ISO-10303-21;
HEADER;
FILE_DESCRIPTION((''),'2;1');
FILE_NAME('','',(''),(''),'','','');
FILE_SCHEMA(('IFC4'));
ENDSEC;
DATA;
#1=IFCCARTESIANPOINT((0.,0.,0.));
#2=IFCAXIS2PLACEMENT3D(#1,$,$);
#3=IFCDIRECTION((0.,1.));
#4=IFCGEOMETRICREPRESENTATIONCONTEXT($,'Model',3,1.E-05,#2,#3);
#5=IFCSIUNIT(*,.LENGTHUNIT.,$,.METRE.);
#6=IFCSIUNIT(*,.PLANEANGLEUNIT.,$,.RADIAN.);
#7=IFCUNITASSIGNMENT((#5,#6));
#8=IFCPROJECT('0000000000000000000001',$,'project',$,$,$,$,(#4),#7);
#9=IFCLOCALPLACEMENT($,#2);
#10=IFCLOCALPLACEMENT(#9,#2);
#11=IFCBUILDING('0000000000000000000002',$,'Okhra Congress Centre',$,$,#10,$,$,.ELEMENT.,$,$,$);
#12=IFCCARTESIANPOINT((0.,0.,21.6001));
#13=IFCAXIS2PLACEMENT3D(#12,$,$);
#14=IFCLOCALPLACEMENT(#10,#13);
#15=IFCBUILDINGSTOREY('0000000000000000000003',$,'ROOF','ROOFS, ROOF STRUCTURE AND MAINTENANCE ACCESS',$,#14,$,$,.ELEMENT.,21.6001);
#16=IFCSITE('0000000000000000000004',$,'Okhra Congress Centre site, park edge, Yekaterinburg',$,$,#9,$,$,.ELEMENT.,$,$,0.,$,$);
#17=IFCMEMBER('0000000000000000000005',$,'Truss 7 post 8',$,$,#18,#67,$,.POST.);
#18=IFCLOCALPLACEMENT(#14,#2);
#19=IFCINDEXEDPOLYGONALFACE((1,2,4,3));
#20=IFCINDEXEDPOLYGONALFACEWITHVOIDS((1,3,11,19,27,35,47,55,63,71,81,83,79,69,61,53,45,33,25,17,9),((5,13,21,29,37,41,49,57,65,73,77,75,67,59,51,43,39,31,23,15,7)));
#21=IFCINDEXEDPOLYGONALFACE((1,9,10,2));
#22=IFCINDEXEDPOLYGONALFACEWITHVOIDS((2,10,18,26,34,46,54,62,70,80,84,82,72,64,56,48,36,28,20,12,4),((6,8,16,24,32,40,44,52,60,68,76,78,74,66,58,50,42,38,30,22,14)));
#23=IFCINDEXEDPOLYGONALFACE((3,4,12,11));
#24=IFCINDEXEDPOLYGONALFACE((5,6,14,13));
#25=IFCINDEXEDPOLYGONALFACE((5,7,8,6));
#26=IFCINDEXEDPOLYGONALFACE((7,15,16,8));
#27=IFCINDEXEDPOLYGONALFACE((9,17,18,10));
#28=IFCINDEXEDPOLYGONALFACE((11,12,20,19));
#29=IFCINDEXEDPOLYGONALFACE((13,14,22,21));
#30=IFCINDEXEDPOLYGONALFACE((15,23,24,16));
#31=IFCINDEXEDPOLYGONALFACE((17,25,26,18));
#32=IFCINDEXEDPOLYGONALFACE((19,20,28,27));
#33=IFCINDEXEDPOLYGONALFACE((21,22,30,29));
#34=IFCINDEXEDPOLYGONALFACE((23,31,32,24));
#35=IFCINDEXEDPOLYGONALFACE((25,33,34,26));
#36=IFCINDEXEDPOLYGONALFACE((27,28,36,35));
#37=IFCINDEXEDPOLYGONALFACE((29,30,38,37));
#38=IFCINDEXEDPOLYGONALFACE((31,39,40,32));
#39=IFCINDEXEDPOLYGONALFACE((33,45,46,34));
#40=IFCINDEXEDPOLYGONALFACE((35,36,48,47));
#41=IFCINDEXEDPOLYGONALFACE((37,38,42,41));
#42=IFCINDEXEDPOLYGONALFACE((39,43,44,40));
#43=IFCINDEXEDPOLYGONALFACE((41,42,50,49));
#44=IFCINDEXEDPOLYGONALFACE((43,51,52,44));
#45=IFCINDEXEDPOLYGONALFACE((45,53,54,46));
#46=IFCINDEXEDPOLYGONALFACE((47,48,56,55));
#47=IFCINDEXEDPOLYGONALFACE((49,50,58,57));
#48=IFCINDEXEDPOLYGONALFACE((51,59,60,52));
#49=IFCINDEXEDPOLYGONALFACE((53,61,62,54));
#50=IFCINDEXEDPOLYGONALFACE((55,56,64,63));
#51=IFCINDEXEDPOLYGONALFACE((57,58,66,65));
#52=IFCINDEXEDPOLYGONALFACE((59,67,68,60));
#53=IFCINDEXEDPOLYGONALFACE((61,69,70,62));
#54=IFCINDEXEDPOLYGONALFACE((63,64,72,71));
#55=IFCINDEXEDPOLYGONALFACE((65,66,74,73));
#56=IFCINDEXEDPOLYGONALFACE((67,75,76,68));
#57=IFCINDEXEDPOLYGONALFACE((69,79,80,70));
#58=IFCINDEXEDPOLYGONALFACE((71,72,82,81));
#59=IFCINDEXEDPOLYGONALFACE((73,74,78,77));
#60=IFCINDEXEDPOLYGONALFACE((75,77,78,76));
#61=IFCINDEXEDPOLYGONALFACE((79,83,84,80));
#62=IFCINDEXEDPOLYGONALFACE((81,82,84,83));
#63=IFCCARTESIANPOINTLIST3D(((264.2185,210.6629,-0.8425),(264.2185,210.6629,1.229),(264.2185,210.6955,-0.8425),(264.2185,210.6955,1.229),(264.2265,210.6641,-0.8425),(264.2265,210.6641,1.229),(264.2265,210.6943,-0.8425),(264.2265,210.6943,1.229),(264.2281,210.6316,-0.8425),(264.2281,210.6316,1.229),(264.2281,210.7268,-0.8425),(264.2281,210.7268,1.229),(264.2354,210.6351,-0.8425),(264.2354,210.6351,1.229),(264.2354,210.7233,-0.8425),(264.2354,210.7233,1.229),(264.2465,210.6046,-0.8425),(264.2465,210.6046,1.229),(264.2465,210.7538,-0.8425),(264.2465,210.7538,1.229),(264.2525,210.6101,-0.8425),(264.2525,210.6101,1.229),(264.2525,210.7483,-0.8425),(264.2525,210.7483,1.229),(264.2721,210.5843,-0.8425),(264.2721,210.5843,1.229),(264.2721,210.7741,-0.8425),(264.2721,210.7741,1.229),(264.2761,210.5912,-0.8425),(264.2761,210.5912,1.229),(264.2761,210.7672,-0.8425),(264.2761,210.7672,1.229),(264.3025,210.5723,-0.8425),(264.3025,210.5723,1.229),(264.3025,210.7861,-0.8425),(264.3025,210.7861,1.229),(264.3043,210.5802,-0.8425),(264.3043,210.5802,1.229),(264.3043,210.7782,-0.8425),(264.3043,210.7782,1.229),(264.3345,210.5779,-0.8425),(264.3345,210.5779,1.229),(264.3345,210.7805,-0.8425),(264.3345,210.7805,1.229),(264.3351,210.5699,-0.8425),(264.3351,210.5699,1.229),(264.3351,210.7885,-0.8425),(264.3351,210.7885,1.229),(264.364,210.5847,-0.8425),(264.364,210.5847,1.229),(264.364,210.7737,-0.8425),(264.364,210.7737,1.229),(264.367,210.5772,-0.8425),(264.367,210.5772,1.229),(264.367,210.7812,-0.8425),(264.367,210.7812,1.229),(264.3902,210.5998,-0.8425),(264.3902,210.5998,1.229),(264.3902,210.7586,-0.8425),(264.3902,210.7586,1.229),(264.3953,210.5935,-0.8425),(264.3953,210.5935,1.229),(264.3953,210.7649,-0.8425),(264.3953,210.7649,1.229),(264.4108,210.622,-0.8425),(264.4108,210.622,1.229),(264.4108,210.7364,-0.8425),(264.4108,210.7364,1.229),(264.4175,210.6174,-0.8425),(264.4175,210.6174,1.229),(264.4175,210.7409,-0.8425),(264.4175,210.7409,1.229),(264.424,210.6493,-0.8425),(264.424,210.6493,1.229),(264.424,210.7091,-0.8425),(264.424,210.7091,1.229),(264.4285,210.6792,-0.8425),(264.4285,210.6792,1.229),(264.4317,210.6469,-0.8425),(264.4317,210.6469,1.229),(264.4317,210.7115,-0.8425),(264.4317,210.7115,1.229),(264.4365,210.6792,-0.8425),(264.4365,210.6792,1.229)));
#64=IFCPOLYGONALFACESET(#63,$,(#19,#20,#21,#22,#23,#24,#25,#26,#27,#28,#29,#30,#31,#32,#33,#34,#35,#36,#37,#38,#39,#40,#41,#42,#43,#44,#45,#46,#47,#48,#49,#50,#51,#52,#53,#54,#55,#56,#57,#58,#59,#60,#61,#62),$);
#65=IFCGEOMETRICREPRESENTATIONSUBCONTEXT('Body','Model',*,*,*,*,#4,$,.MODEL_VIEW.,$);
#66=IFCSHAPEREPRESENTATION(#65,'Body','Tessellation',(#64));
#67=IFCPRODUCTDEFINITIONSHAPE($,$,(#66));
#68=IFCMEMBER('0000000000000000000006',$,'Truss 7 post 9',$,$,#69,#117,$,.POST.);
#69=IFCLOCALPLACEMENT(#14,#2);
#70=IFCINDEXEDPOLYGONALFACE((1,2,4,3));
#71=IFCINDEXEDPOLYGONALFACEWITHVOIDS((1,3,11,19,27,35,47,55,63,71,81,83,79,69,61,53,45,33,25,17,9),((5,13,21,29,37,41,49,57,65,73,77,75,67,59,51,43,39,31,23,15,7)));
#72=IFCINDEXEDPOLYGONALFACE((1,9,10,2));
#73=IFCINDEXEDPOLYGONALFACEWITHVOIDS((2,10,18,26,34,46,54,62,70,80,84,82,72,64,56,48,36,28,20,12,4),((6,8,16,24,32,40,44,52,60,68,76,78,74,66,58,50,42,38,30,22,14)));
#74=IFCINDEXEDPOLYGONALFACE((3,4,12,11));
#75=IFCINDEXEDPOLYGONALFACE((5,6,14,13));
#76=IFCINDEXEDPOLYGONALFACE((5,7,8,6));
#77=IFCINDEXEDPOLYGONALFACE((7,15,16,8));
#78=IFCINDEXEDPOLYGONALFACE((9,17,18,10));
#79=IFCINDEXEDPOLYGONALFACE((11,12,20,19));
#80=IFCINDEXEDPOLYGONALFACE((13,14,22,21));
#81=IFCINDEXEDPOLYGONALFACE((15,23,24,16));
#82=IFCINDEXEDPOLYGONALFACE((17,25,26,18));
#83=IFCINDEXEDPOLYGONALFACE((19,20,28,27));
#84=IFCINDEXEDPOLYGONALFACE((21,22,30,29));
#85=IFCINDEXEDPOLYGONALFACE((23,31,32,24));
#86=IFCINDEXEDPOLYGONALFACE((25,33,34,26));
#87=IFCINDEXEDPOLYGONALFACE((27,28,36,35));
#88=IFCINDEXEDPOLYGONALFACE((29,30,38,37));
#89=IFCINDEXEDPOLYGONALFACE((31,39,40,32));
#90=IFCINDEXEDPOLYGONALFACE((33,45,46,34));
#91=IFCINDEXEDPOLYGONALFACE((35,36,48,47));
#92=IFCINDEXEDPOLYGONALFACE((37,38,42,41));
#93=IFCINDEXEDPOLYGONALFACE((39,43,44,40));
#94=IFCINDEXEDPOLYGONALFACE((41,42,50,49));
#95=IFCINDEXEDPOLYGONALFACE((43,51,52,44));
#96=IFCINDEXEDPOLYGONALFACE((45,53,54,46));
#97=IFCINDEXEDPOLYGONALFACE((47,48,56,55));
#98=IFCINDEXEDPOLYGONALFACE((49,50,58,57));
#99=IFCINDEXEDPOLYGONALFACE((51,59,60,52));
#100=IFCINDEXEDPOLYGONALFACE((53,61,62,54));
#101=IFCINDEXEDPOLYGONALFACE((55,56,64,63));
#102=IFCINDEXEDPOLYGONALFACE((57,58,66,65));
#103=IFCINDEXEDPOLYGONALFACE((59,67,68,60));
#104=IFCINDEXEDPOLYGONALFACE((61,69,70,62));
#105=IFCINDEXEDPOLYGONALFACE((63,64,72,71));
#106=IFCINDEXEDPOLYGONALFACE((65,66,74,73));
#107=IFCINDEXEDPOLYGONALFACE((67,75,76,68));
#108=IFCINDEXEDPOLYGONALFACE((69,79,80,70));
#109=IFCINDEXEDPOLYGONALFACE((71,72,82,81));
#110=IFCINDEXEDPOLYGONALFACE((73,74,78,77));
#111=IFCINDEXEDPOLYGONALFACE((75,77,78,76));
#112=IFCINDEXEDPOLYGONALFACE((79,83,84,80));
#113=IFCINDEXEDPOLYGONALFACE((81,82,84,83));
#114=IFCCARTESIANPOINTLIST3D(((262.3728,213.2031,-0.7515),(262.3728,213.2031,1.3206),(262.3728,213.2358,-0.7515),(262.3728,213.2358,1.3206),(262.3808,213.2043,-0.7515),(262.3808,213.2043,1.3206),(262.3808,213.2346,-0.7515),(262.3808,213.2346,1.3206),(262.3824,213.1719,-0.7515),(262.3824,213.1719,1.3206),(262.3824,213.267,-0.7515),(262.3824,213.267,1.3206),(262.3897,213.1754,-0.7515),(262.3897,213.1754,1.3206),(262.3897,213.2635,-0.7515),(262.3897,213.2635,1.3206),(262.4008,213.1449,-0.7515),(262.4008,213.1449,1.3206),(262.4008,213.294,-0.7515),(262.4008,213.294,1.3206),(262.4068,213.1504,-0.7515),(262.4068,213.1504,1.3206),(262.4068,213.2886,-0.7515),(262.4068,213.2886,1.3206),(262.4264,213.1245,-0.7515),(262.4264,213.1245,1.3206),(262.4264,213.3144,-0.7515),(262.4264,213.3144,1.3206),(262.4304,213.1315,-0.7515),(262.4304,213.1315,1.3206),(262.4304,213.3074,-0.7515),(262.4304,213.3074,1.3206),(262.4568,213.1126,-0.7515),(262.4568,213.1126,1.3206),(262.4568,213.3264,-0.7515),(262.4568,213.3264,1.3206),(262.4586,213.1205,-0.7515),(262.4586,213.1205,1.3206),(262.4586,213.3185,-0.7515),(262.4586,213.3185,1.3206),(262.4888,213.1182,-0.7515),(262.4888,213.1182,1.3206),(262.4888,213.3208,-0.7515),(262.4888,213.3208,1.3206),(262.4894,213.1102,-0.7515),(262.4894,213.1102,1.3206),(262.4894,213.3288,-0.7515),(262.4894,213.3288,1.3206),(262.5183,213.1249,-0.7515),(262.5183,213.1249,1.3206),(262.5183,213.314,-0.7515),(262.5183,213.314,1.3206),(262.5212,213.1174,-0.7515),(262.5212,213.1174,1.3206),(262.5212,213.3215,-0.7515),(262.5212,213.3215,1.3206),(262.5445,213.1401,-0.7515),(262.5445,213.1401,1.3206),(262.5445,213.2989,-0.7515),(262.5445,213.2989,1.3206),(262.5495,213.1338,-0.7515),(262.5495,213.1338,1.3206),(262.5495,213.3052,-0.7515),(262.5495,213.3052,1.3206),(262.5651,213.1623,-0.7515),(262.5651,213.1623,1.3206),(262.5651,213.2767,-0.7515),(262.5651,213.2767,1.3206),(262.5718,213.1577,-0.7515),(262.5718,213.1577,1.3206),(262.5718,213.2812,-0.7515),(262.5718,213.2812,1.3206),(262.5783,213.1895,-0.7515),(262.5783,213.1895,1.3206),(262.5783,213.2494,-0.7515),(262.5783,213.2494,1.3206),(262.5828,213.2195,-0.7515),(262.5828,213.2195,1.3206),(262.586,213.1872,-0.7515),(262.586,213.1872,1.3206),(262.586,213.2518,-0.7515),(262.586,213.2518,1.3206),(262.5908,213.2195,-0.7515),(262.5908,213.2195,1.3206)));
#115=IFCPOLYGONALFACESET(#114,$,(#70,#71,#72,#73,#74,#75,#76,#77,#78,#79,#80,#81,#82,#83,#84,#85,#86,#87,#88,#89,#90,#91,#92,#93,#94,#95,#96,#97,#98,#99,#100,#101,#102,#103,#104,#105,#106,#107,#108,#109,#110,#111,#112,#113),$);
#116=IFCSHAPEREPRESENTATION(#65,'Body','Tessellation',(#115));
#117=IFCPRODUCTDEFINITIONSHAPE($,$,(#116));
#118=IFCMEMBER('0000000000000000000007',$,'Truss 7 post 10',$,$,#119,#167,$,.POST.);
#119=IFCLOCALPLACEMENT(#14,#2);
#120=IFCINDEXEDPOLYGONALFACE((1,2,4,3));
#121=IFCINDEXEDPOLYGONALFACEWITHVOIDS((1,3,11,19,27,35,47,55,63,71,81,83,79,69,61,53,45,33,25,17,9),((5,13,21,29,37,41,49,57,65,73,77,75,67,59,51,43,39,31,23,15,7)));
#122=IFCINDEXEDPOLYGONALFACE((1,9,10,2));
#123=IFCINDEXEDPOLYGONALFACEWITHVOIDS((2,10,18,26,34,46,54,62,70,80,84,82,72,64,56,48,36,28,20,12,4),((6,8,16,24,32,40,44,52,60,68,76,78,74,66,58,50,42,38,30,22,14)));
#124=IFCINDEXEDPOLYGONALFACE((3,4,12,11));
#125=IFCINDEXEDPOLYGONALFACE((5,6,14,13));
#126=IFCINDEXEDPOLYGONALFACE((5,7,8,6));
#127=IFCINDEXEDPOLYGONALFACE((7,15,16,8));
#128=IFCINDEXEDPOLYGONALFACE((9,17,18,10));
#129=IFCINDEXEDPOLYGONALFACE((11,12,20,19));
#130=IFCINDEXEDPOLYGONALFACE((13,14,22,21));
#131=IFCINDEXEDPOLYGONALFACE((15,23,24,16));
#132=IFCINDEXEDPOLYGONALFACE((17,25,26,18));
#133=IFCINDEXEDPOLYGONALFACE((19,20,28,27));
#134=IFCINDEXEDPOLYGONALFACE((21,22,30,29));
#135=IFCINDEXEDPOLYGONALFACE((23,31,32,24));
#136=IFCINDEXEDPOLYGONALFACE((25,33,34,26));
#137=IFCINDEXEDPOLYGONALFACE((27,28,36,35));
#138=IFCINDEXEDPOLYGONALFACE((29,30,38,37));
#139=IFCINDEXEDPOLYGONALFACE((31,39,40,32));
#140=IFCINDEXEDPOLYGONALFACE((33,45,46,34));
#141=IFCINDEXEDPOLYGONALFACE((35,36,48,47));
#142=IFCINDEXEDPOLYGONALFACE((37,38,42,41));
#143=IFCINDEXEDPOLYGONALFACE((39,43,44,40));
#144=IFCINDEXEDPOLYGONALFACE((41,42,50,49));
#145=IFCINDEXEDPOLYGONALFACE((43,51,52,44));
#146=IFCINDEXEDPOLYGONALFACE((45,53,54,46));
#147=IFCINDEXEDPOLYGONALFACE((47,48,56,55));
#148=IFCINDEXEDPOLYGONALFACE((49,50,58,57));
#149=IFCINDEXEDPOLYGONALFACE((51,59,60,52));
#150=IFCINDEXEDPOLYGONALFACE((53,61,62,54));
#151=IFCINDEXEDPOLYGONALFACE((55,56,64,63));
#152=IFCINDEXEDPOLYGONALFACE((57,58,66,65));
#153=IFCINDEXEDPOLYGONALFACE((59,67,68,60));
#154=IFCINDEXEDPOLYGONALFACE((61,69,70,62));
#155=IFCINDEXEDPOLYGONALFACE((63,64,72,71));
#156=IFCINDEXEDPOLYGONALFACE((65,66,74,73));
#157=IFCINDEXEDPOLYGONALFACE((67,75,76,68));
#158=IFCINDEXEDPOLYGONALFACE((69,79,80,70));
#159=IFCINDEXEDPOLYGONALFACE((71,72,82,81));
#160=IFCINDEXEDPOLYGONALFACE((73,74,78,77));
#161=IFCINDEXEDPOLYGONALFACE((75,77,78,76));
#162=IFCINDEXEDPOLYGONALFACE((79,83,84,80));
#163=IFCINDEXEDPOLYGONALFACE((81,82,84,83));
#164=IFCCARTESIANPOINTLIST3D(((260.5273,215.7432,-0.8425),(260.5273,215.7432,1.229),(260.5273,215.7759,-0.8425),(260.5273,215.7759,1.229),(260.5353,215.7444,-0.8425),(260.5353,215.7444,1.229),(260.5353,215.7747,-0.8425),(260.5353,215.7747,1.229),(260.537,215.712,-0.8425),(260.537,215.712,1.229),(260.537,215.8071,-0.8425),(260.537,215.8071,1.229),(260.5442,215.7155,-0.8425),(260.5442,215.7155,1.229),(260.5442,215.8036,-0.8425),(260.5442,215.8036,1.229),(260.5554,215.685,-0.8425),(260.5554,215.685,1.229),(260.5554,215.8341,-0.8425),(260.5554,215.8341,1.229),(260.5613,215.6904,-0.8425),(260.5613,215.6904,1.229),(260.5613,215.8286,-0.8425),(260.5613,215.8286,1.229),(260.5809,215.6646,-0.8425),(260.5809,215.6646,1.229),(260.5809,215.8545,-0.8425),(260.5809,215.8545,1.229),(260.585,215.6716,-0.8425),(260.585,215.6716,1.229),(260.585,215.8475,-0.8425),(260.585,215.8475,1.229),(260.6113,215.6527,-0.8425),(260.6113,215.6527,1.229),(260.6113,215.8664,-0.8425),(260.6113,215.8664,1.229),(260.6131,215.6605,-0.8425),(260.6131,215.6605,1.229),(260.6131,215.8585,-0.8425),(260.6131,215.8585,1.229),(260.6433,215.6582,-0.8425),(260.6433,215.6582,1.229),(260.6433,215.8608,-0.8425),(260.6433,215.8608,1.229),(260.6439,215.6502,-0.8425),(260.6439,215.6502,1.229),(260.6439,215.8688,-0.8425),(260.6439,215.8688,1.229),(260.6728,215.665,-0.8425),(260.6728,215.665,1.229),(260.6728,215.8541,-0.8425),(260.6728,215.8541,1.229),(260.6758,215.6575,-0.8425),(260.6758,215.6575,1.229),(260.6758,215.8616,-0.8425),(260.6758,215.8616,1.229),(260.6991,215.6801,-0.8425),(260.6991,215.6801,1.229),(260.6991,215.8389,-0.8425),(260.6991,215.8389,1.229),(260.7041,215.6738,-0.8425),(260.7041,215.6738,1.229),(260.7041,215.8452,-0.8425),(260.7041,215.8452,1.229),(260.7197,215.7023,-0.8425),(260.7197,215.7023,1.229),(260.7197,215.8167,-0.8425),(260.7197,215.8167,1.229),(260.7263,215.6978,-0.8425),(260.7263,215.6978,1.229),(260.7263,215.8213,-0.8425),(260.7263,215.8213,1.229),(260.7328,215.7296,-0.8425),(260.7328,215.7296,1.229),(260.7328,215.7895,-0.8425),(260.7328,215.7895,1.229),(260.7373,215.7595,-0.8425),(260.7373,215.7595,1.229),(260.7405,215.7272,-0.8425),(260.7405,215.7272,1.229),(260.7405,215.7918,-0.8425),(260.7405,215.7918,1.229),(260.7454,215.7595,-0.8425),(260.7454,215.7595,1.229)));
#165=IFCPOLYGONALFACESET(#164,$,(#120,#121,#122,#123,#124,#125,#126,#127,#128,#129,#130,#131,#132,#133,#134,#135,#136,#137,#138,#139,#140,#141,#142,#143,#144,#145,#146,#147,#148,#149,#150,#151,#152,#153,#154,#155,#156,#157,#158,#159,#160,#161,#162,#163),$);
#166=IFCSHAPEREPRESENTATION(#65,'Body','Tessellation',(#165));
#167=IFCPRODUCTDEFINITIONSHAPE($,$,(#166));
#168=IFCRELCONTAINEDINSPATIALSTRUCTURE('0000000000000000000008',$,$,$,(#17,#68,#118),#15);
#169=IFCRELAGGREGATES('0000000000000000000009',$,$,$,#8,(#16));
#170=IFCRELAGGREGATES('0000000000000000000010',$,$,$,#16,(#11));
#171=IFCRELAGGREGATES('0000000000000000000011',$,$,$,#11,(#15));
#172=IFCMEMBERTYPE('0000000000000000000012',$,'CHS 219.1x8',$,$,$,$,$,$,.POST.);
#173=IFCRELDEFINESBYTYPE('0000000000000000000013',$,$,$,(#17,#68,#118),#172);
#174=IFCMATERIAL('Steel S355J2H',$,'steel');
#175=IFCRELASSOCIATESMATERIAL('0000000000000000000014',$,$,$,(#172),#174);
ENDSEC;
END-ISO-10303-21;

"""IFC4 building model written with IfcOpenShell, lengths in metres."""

from ifc_helpers import new_model, si_unit, direction, frame, origin, origin_2d, place, context, subcontext, project, spatial, hollow_circle, extrude, material, material_profile, profile_set, type_object, element, save


model = new_model("IFC4")

# Units and contexts
model_context = context("Model", 3, precision=1e-05, world=origin(), true_north=direction((0.0, 1.0)))
body_context = subcontext(model_context, "Body", "Model", "MODEL_VIEW")
ifc_project = project(units=[si_unit("LENGTHUNIT", "METRE"), si_unit("PLANEANGLEUNIT", "RADIAN")], contexts=[model_context])

# Site, building, storey
site_placement = place(None, origin())
site = spatial("IfcSite", under=ifc_project, at=site_placement, Name="Okhra Congress Centre site, park edge, Yekaterinburg", CompositionType="ELEMENT", RefElevation=0.0)
building_placement = place(site_placement, origin())
building = spatial("IfcBuilding", under=site, at=building_placement, Name="Okhra Congress Centre", CompositionType="ELEMENT")
storey_placement = place(building_placement, frame((0.0, 0.0, 21.6001)))
storey = spatial("IfcBuildingStorey", under=building, at=storey_placement, Name="ROOF", Description="ROOFS, ROOF STRUCTURE AND MAINTENANCE ACCESS", CompositionType="ELEMENT", Elevation=21.6001)

# Members
ifc_material_1 = material(Name="Steel S355J2H", Category="steel")
ifc_material_profile_1 = material_profile(ifc_material_1, hollow_circle(Radius=0.1096, WallThickness=0.0081, at=origin_2d()), Name="CHS 219.1x8")
ifc_profile_set_1 = profile_set([ifc_material_profile_1], Name="Steel S355J2H")
member_type_1 = type_object("IfcMemberType", Name="CHS 219.1x8", PredefinedType="POST", material=ifc_profile_set_1)
member_1_placement = place(storey_placement, frame((264.3269, 210.6792, -0.8425), z_axis=(0.0, 0.0, 1.0), x_axis=(1.0, 0.0, 0.0)))
element("IfcMember", 1, at=member_1_placement, inside=storey, type_object=member_type_1, Name="Truss 7 post 8", PredefinedType="POST", context=body_context, shape_type="SweptSolid", body=[
    extrude(hollow_circle(Radius=0.1096, WallThickness=0.0081, at=origin_2d()), origin(), (0.0, 0.0, 1.0), 2.0715),
])
member_2_placement = place(storey_placement, frame((262.4812, 213.2195, -0.7515), z_axis=(0.0, 0.0, 1.0), x_axis=(1.0, 0.0, 0.0)))
element("IfcMember", 2, at=member_2_placement, inside=storey, type_object=member_type_1, Name="Truss 7 post 9", PredefinedType="POST", context=body_context, shape_type="SweptSolid", body=[
    extrude(hollow_circle(Radius=0.1096, WallThickness=0.0081, at=origin_2d()), origin(), (0.0, 0.0, 1.0), 2.072),
])
member_3_placement = place(storey_placement, frame((260.6357, 215.7595, -0.8425), z_axis=(0.0, 0.0, 1.0), x_axis=(1.0, 0.0, 0.0)))
element("IfcMember", 3, at=member_3_placement, inside=storey, type_object=member_type_1, Name="Truss 7 post 10", PredefinedType="POST", context=body_context, shape_type="SweptSolid", body=[
    extrude(hollow_circle(Radius=0.1096, WallThickness=0.0081, at=origin_2d()), origin(), (0.0, 0.0, 1.0), 2.0715),
])

save(model, "model.ifc")
